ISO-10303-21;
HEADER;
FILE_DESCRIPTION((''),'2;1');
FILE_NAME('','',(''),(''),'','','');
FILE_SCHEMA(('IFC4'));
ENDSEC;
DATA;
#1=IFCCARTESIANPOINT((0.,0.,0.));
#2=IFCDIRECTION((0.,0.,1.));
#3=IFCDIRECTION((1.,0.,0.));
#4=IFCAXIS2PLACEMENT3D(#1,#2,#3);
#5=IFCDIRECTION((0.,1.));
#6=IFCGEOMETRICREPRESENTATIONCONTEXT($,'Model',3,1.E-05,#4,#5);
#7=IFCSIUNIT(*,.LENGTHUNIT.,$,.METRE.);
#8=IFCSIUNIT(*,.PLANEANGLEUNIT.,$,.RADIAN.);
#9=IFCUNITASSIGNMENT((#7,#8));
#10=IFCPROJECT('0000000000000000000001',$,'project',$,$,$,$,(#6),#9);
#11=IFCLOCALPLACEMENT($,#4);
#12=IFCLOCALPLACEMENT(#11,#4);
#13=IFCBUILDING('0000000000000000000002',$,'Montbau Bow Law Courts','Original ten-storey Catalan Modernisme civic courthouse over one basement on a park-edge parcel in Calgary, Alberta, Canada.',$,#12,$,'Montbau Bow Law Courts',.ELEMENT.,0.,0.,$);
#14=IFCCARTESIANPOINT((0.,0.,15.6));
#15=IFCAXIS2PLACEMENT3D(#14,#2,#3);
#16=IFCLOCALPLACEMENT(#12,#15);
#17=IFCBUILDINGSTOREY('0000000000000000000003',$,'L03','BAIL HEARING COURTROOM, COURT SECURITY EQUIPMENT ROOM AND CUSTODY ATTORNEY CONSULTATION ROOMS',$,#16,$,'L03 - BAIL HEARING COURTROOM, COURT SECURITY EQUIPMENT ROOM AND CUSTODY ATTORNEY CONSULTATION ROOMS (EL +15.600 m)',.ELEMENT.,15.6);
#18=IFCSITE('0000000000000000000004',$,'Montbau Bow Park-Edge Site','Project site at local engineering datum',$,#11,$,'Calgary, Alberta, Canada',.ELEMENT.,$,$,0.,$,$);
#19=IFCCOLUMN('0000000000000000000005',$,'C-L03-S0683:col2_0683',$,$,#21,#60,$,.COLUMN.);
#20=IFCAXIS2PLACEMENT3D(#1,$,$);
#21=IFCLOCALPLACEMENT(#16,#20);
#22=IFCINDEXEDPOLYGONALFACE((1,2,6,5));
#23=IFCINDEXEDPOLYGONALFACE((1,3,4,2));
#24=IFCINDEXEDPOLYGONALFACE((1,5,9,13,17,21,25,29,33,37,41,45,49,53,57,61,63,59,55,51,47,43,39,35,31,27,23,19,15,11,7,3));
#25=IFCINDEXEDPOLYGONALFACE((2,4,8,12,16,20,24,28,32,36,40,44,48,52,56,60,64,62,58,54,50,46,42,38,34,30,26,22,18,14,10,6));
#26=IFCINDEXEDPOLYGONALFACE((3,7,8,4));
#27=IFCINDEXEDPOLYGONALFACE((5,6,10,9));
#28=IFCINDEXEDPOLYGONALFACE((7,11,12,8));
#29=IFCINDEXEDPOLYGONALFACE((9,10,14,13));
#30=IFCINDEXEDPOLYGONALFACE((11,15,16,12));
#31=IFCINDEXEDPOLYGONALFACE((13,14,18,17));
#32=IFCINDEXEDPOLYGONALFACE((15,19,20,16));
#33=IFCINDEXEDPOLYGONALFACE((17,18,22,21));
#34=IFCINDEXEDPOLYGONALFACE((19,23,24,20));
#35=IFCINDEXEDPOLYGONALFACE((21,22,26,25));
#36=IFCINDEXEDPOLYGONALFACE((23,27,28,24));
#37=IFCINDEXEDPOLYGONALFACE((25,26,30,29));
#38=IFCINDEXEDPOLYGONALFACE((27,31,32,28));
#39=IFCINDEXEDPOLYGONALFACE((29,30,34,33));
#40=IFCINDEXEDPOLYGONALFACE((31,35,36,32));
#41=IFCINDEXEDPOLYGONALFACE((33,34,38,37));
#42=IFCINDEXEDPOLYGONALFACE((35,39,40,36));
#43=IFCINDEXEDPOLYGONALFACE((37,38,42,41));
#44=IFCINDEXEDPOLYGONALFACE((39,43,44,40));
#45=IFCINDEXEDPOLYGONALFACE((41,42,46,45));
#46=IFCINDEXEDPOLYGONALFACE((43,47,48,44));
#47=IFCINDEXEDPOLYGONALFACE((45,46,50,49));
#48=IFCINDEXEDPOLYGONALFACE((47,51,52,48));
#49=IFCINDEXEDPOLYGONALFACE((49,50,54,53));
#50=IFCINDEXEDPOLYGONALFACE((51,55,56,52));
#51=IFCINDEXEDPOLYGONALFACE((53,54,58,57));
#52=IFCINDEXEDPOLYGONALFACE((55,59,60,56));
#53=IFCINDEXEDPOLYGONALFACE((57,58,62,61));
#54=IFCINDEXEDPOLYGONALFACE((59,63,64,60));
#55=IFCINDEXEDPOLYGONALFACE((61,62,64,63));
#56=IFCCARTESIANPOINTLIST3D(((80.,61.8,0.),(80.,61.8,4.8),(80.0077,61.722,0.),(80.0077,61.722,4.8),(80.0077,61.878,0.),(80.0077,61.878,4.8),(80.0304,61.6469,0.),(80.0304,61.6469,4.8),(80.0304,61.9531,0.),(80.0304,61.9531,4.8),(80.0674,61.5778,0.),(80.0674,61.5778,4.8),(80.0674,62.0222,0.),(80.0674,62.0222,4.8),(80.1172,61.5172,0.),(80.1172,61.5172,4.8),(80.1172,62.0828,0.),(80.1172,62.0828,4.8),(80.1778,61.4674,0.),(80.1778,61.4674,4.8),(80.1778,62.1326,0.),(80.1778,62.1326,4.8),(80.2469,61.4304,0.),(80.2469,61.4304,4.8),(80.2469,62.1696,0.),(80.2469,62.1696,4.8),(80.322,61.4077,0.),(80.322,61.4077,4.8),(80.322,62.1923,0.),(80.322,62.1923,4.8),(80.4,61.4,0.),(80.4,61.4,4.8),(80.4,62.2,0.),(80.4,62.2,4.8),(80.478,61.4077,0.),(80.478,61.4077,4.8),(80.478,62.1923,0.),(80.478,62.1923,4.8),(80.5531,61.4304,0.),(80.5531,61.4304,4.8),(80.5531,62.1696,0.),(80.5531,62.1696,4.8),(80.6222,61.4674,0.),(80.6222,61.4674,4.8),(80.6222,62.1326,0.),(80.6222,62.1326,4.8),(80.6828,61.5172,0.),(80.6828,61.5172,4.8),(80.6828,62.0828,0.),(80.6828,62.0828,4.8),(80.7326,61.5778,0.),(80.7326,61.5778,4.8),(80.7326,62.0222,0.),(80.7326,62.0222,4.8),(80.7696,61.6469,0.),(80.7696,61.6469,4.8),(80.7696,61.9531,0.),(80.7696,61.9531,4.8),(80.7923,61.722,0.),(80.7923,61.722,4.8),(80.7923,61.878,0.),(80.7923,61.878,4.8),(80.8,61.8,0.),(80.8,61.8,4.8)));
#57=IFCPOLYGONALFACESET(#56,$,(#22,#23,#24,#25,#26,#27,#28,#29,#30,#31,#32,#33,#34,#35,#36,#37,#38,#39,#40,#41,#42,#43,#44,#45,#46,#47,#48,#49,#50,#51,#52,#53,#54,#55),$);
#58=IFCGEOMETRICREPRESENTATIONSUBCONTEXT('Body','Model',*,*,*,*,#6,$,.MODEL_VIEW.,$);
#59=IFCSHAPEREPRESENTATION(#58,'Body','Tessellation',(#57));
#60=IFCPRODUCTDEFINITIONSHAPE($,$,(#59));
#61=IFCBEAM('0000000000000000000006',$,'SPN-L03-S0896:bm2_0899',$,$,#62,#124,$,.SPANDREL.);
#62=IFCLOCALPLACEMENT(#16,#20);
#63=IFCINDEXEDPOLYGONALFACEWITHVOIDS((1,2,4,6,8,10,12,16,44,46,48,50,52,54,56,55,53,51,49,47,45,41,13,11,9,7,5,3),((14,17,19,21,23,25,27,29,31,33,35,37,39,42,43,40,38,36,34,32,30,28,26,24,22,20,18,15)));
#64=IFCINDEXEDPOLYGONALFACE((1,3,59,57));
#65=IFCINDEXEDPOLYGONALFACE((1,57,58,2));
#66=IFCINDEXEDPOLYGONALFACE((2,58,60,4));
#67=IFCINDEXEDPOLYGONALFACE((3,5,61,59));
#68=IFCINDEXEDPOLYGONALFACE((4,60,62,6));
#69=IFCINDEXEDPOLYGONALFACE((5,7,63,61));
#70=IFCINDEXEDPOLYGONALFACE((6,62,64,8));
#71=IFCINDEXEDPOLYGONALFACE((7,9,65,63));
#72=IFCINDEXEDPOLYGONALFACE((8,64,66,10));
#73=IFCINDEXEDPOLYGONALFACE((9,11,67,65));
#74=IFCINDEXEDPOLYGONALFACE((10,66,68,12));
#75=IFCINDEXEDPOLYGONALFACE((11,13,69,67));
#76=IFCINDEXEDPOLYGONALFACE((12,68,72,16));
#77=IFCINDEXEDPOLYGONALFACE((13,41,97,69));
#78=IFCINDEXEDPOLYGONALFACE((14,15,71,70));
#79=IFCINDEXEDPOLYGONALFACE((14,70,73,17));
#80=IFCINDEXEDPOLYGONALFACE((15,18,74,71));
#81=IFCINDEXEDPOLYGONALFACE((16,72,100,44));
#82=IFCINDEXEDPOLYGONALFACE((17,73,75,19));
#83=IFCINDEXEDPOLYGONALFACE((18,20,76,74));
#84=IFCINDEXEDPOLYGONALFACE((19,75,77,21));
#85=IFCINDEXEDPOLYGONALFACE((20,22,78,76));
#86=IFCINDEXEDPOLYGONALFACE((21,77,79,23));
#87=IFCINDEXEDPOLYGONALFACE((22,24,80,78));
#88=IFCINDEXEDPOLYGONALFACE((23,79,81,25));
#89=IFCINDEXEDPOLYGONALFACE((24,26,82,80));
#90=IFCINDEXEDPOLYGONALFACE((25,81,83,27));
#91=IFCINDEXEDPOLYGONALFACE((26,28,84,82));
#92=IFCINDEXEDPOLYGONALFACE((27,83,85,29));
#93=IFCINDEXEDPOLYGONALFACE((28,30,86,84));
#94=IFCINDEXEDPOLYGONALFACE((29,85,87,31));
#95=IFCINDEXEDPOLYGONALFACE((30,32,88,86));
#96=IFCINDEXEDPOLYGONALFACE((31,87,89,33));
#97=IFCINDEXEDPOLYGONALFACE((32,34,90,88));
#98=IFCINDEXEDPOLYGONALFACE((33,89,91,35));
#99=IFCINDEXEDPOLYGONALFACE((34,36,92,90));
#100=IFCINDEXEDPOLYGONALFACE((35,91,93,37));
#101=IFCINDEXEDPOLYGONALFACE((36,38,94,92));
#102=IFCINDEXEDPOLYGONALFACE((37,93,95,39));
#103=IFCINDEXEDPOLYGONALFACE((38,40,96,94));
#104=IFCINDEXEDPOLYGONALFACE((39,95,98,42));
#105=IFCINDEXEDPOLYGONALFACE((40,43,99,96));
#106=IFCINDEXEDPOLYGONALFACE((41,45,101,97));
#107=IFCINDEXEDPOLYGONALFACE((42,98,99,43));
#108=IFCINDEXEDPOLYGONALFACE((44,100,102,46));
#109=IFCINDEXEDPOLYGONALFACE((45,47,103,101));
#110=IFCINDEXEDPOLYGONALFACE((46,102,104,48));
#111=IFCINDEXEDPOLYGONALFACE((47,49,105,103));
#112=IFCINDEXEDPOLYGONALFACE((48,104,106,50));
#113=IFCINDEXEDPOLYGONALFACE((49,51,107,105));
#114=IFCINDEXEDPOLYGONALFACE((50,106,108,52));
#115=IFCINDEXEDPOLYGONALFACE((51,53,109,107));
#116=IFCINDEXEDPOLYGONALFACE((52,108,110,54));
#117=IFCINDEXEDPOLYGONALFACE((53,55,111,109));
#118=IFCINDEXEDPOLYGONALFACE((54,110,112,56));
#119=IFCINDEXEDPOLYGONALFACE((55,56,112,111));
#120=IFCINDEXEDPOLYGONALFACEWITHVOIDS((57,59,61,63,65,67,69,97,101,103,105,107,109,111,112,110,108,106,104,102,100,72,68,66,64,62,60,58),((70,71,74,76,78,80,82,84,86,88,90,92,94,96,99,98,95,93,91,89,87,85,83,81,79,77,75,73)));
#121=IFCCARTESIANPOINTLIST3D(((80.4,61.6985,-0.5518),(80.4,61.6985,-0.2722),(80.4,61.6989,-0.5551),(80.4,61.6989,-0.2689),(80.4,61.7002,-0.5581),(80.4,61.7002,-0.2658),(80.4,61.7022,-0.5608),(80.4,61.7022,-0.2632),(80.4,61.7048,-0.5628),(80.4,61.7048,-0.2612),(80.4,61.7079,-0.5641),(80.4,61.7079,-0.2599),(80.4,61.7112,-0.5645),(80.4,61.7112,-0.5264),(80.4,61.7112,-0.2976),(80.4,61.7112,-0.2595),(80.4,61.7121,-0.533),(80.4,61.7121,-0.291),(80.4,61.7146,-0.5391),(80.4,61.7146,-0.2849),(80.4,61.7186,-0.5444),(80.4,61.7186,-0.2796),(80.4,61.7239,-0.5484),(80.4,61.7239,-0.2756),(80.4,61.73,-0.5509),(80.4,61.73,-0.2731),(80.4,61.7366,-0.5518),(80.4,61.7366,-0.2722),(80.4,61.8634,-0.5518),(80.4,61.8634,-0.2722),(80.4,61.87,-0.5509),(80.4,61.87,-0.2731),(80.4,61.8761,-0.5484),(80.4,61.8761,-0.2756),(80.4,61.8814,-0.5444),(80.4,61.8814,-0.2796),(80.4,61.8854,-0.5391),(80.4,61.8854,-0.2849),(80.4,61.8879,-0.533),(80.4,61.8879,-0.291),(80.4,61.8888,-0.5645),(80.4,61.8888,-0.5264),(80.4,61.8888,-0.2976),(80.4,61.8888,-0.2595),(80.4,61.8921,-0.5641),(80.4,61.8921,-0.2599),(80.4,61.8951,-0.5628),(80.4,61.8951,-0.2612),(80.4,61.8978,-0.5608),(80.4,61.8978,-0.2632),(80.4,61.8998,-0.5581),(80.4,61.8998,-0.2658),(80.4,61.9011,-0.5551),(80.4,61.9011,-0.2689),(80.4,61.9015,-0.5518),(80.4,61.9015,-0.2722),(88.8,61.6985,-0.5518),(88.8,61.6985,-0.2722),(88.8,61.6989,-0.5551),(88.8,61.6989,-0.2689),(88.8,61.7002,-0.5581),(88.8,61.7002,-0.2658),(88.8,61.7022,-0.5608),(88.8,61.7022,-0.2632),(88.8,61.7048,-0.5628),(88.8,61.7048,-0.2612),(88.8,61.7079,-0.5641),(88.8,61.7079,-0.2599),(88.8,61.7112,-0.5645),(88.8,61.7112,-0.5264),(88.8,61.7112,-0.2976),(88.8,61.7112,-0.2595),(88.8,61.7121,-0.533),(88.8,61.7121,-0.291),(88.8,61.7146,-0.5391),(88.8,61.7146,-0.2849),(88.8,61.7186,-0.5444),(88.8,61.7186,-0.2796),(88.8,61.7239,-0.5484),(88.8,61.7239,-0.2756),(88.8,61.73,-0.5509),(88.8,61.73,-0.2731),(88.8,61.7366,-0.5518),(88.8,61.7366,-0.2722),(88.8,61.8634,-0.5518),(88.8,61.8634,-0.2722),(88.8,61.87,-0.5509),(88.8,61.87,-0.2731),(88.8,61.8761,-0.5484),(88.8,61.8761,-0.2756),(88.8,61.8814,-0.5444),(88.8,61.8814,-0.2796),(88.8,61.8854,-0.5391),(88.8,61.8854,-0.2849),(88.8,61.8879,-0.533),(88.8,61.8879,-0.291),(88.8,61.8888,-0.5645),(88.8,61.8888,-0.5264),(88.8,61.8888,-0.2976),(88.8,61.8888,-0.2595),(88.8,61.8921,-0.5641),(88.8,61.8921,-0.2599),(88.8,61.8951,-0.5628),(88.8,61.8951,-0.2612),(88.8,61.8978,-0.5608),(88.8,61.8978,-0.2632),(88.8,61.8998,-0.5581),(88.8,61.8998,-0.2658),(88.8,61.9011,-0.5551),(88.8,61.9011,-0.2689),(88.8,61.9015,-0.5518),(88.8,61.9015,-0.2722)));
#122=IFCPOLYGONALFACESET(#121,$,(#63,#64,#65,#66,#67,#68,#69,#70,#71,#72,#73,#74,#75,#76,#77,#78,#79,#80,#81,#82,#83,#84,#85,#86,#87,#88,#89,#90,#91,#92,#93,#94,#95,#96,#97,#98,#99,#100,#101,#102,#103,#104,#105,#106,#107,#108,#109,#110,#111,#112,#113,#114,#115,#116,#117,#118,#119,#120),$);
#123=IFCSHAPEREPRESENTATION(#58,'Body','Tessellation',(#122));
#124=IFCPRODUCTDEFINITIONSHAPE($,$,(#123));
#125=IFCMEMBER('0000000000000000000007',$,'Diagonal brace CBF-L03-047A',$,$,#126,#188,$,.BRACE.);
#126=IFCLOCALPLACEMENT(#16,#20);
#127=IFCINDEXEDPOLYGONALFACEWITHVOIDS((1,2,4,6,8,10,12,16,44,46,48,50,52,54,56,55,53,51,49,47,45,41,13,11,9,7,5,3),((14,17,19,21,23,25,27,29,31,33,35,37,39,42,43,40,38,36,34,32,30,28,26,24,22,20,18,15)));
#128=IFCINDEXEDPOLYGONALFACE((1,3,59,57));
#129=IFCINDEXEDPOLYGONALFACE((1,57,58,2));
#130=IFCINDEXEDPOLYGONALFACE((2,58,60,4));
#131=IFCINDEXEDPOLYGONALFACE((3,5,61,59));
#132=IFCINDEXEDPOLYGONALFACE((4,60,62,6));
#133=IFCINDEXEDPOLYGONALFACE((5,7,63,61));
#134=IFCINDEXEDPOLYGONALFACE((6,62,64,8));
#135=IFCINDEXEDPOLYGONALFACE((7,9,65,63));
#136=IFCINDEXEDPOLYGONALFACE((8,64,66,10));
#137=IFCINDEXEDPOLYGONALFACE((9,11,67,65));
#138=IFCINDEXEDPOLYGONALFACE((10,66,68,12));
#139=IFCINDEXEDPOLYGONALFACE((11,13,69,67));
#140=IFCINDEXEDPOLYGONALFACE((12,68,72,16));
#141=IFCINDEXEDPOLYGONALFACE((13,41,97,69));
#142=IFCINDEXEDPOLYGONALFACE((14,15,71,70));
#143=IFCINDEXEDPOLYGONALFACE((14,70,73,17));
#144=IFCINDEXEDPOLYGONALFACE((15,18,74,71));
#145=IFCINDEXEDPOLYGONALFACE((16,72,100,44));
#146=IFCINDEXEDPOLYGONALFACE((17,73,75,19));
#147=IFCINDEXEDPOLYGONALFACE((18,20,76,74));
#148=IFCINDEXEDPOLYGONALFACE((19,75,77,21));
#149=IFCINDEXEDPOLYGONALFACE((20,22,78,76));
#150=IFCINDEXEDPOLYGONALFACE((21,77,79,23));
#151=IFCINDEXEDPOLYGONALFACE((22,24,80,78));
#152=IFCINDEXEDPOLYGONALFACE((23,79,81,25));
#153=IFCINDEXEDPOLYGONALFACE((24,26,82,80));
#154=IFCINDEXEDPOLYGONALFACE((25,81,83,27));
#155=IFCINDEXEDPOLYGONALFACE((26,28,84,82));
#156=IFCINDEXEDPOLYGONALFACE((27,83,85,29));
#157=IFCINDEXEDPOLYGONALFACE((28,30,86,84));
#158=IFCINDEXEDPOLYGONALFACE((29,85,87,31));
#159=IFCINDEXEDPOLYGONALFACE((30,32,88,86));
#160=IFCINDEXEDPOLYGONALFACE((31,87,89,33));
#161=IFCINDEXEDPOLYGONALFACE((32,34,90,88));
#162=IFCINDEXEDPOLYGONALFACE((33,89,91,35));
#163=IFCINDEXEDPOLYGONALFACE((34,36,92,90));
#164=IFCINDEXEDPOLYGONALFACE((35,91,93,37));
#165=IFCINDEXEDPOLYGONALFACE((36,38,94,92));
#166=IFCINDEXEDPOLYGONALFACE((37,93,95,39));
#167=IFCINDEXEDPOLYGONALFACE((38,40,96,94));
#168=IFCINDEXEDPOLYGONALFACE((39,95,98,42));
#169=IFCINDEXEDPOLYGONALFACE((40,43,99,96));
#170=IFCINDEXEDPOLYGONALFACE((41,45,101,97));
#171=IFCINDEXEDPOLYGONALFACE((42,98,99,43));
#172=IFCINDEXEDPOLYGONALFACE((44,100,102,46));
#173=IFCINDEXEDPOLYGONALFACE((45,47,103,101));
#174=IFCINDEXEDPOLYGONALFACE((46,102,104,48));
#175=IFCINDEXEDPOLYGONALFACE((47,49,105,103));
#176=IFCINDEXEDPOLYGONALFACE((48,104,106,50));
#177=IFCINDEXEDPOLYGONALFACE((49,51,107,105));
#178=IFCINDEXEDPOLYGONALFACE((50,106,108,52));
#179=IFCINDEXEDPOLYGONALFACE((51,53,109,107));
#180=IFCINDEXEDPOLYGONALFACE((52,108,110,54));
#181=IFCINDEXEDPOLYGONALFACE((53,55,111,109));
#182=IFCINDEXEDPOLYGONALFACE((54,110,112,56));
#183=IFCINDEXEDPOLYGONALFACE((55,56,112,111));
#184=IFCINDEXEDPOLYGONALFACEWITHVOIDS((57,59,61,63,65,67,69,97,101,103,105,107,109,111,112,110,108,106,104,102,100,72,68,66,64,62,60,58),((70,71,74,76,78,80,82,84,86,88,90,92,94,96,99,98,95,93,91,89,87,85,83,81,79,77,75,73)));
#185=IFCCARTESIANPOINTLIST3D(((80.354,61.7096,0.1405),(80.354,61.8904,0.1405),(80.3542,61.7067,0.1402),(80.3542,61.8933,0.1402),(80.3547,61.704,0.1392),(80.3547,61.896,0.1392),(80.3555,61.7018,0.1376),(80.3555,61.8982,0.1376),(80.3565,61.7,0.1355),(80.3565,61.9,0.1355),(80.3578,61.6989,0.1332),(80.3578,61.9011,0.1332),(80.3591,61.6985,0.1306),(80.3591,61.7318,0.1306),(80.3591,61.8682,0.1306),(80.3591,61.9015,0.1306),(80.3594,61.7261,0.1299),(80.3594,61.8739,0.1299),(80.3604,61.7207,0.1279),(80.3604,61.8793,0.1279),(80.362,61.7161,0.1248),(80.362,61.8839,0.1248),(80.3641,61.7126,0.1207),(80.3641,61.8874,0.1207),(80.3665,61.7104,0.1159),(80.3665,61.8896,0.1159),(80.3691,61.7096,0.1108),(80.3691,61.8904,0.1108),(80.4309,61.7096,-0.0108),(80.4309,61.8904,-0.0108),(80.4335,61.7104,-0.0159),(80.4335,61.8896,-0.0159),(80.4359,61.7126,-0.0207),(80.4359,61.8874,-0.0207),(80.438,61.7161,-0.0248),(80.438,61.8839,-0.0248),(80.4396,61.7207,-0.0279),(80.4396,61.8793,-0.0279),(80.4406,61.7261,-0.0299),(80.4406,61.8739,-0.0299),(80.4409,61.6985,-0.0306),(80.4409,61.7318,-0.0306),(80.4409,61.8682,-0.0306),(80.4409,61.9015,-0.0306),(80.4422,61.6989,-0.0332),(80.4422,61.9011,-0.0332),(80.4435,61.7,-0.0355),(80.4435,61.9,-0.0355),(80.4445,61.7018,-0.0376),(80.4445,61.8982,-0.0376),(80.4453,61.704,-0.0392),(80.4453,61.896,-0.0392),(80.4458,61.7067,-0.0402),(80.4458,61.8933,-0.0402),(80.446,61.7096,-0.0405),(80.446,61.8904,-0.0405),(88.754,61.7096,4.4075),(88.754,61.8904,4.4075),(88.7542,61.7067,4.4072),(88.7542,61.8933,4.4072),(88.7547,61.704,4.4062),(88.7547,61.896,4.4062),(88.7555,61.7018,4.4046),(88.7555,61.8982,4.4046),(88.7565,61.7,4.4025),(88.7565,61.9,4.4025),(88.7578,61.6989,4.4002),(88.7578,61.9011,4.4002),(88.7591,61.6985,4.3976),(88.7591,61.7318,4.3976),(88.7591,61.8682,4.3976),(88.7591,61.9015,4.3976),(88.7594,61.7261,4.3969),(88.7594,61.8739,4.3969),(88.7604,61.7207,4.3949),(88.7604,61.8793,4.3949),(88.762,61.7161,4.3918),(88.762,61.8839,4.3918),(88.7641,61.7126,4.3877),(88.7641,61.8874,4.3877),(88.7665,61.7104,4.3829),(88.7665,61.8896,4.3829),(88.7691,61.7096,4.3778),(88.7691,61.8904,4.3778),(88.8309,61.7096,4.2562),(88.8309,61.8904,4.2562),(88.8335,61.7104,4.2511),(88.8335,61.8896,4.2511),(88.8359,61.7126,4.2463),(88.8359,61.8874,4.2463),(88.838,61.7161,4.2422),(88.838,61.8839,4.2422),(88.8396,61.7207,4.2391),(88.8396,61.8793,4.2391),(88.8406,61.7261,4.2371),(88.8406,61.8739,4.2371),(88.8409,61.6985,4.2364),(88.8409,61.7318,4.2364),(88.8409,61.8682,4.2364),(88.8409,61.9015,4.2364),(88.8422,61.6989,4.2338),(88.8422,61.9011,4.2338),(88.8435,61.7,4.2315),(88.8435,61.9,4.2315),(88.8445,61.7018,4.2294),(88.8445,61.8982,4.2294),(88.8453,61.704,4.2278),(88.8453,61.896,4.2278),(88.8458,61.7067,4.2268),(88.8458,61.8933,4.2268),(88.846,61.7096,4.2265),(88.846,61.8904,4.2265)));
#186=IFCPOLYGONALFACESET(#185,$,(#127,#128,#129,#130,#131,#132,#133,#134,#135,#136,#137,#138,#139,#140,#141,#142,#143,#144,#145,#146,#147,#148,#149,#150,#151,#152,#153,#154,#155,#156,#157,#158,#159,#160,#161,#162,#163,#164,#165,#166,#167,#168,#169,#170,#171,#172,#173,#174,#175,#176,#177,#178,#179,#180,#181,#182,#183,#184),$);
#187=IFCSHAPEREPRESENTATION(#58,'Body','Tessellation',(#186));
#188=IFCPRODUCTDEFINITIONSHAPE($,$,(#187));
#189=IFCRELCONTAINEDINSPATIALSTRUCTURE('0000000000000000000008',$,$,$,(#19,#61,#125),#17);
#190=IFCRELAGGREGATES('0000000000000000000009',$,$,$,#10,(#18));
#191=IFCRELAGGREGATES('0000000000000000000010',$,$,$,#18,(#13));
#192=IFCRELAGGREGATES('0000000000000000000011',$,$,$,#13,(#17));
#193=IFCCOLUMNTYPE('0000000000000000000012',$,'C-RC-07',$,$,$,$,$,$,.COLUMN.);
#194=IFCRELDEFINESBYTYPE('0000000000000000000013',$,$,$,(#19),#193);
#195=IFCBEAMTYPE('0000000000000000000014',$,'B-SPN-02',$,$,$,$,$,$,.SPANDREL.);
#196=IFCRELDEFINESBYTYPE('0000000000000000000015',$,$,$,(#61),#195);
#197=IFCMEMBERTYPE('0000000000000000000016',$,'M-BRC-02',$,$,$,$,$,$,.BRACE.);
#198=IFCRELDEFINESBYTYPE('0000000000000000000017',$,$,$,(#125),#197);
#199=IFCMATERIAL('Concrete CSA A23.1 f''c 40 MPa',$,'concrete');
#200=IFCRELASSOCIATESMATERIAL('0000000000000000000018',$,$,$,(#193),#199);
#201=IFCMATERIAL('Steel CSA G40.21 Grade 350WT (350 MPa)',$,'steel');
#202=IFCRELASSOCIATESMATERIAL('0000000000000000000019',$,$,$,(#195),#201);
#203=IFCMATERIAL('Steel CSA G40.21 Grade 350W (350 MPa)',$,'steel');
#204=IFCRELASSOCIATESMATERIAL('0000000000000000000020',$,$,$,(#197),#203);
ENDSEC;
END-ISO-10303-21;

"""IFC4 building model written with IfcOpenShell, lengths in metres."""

from ifc_helpers import new_model, si_unit, direction, frame, origin_with_axes, origin_2d_with_axis, place, context, subcontext, project, spatial, hollow_rectangle, circle, extrude, material, material_profile, profile_set, type_object, element, save


model = new_model("IFC4")

# Units and contexts
model_context = context("Model", 3, precision=1e-05, world=origin_with_axes(), true_north=direction((0.0, 1.0)))
body_context = subcontext(model_context, "Body", "Model", "MODEL_VIEW")
ifc_project = project(units=[si_unit("LENGTHUNIT", "METRE"), si_unit("PLANEANGLEUNIT", "RADIAN")], contexts=[model_context])

# Site, building, storey
site_placement = place(None, origin_with_axes())
site = spatial("IfcSite", under=ifc_project, at=site_placement, Name="Montbau Bow Park-Edge Site", Description="Project site at local engineering datum", LongName="Calgary, Alberta, Canada", CompositionType="ELEMENT", RefElevation=0.0)
building_placement = place(site_placement, origin_with_axes())
building = spatial("IfcBuilding", under=site, at=building_placement, Name="Montbau Bow Law Courts", Description="Original ten-storey Catalan Modernisme civic courthouse over one basement on a park-edge parcel in Calgary, Alberta, Canada.", LongName="Montbau Bow Law Courts", CompositionType="ELEMENT", ElevationOfRefHeight=0.0, ElevationOfTerrain=0.0)
storey_placement = place(building_placement, frame((0.0, 0.0, 15.6), z_axis=(0.0, 0.0, 1.0), x_axis=(1.0, 0.0, 0.0)))
storey = spatial("IfcBuildingStorey", under=building, at=storey_placement, Name="L03", Description="BAIL HEARING COURTROOM, COURT SECURITY EQUIPMENT ROOM AND CUSTODY ATTORNEY CONSULTATION ROOMS", LongName="L03 - BAIL HEARING COURTROOM, COURT SECURITY EQUIPMENT ROOM AND CUSTODY ATTORNEY CONSULTATION ROOMS (EL +15.600 m)", CompositionType="ELEMENT", Elevation=15.6)

# Column
ifc_material_1 = material(Name="Concrete CSA A23.1 f'c 40 MPa", Category="concrete")
ifc_material_profile_1 = material_profile(ifc_material_1, circle(Radius=0.4, at=origin_2d_with_axis()), Name="RC800D", Category="Main", Priority=0)
ifc_profile_set_1 = profile_set([ifc_material_profile_1], Name="Concrete CSA A23.1 f'c 40 MPa")
column_type = type_object("IfcColumnType", Name="C-RC-07", PredefinedType="COLUMN", material=ifc_profile_set_1)
column_placement = place(None, frame((80.4, 61.8, 15.6), z_axis=(0.0, 0.0, 1.0), x_axis=(1.0, 0.0, 0.0)))
element("IfcColumn", 1, at=column_placement, inside=storey, type_object=column_type, Name="C-L03-S0683:col2_0683", PredefinedType="COLUMN", context=body_context, shape_type="SweptSolid", body=[
    extrude(circle(Radius=0.4, at=origin_2d_with_axis()), origin_with_axes(), (0.0, 0.0, 1.0), 4.8),
])

# Beam
ifc_material_2 = material(Name="Steel CSA G40.21 Grade 350WT (350 MPa)", Category="steel")
ifc_material_profile_2 = material_profile(ifc_material_2, hollow_rectangle(XDim=0.203, YDim=0.305, WallThickness=0.0127, InnerFilletRadius=0.0254, OuterFilletRadius=0.0127, at=origin_2d_with_axis()), Name="HSS305X203X13", Category="Main", Priority=0)
ifc_profile_set_2 = profile_set([ifc_material_profile_2], Name="Steel CSA G40.21 Grade 350WT (350 MPa)")
beam_type = type_object("IfcBeamType", Name="B-SPN-02", PredefinedType="SPANDREL", material=ifc_profile_set_2)
beam_placement = place(None, frame((80.4, 61.8, 15.188), z_axis=(1.0, 0.0, 0.0), x_axis=(0.0, 1.0, 0.0)))
element("IfcBeam", 2, at=beam_placement, inside=storey, type_object=beam_type, Name="SPN-L03-S0896:bm2_0899", PredefinedType="SPANDREL", context=body_context, shape_type="SweptSolid", body=[
    extrude(hollow_rectangle(XDim=0.203, YDim=0.305, WallThickness=0.0127, InnerFilletRadius=0.0254, OuterFilletRadius=0.0127, at=origin_2d_with_axis()), origin_with_axes(), (0.0, 0.0, 1.0), 8.4),
])

# Member
ifc_material_3 = material(Name="Steel CSA G40.21 Grade 350W (350 MPa)", Category="steel")
ifc_material_profile_3 = material_profile(ifc_material_3, hollow_rectangle(XDim=0.203, YDim=0.203, WallThickness=0.0111, InnerFilletRadius=0.0222, OuterFilletRadius=0.0111, at=origin_2d_with_axis()), Name="HSS203X203X11", Category="Main", Priority=0)
ifc_profile_set_3 = profile_set([ifc_material_profile_3], Name="Steel CSA G40.21 Grade 350W (350 MPa)")
member_type_1 = type_object("IfcMemberType", Name="M-BRC-02", PredefinedType="BRACE", material=ifc_profile_set_3)
member_1_placement = place(None, frame((80.4, 61.8, 15.65), z_axis=(0.891565, 0.0, 0.452894), x_axis=(0.0, 1.0, 0.0)))
element("IfcMember", 3, at=member_1_placement, inside=storey, type_object=member_type_1, Name="Diagonal brace CBF-L03-047A", PredefinedType="BRACE", context=body_context, shape_type="SweptSolid", body=[
    extrude(hollow_rectangle(XDim=0.203, YDim=0.203, WallThickness=0.0111, InnerFilletRadius=0.0222, OuterFilletRadius=0.0111, at=origin_2d_with_axis()), origin_with_axes(), (0.0, 0.0, 1.0), 9.4216),
])

save(model, "model.ifc")
